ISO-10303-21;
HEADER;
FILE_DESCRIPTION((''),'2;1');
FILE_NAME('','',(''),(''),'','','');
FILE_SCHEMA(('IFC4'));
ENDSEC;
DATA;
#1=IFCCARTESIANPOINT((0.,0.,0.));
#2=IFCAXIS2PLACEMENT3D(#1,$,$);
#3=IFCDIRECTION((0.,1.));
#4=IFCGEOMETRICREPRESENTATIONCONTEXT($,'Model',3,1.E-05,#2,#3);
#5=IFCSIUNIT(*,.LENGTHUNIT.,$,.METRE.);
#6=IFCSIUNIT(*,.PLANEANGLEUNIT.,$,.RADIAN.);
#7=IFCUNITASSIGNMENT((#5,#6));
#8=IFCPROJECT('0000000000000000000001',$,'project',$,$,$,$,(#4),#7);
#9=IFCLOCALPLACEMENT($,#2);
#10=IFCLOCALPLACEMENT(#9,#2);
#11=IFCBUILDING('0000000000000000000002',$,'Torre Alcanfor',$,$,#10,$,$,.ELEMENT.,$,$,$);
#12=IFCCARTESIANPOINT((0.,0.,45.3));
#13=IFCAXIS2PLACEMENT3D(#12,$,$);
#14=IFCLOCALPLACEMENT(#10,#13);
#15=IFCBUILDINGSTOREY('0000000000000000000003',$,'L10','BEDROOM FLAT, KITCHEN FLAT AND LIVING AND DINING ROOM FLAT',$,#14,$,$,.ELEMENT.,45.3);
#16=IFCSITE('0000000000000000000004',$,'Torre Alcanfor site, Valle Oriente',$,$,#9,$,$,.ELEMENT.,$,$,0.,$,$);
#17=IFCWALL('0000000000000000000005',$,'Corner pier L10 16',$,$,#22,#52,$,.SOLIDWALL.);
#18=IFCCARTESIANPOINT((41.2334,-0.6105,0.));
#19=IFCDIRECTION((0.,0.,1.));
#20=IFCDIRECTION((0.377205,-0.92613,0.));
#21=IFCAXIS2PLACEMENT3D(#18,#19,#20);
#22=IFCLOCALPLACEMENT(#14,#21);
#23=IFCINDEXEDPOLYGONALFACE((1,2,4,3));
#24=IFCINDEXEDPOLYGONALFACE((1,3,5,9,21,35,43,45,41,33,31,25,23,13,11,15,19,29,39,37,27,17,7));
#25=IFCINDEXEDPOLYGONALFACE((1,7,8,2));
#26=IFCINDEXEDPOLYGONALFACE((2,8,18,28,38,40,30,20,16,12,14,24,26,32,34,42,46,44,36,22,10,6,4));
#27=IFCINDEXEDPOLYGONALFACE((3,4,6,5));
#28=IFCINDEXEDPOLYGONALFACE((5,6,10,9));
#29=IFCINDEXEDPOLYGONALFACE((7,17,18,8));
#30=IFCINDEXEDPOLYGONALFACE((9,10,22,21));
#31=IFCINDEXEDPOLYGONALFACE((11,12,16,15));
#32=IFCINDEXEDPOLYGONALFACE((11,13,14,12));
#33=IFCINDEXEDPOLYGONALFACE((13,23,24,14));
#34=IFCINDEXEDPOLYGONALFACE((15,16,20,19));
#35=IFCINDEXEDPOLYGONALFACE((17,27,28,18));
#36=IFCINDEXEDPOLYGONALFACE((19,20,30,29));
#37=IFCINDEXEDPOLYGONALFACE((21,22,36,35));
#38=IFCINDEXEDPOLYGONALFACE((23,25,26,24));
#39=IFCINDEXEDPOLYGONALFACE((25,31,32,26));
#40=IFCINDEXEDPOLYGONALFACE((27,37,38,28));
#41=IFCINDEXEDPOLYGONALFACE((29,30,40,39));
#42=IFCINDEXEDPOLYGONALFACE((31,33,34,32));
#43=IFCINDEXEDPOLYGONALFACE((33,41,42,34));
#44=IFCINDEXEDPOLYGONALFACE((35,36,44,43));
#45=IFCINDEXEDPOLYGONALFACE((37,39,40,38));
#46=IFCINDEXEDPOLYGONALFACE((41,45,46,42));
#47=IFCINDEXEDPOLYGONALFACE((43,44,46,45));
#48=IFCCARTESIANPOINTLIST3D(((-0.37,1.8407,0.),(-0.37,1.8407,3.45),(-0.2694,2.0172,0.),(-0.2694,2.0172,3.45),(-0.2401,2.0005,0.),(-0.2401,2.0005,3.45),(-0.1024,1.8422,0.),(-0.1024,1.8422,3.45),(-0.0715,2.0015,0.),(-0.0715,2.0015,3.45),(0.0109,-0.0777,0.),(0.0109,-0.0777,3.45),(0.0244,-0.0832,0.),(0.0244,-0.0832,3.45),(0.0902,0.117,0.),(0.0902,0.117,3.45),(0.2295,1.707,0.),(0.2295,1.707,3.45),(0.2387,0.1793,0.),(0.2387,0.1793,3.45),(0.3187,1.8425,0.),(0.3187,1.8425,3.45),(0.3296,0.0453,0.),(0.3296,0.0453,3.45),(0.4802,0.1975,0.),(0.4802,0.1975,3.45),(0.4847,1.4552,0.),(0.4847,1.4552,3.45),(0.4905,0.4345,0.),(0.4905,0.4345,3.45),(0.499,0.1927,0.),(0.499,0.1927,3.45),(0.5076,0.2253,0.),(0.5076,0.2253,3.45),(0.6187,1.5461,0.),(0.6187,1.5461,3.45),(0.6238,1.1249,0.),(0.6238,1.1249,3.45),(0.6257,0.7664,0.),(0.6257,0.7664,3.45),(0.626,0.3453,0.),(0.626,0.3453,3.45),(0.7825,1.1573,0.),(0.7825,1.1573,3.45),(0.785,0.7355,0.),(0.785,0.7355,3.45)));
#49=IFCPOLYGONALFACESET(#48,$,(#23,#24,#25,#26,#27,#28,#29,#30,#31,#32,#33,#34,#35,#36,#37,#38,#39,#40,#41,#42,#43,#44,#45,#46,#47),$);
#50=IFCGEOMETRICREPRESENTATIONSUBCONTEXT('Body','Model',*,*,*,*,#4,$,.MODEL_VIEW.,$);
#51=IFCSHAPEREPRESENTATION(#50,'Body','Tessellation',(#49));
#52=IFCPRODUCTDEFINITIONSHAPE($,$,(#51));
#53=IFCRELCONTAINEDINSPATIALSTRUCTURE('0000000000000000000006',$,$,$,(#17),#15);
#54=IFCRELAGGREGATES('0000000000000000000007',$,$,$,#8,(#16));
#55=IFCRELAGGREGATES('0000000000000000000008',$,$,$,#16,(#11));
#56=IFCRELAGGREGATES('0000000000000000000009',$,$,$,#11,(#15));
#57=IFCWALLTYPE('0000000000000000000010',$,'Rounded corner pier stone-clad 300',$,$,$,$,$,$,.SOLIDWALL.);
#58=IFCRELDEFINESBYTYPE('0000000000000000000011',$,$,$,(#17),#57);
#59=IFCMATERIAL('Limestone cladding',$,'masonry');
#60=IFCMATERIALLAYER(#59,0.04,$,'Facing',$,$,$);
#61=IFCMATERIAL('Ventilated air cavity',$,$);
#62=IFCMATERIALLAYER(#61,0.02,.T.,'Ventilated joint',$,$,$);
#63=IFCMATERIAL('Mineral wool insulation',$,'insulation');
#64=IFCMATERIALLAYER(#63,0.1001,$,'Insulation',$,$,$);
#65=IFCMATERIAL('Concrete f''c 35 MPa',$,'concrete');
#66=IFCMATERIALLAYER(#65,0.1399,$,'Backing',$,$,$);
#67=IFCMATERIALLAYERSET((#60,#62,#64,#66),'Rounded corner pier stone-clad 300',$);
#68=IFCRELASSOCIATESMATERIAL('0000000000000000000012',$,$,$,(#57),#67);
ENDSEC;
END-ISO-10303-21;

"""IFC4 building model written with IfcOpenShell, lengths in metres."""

from ifc_helpers import new_model, si_unit, direction, frame, origin, place, context, subcontext, project, spatial, polyline, outline, extrude, material, layer, layer_set, type_object, element, save


model = new_model("IFC4")

# Units and contexts
model_context = context("Model", 3, precision=1e-05, world=origin(), true_north=direction((0.0, 1.0)))
body_context = subcontext(model_context, "Body", "Model", "MODEL_VIEW")
ifc_project = project(units=[si_unit("LENGTHUNIT", "METRE"), si_unit("PLANEANGLEUNIT", "RADIAN")], contexts=[model_context])

# Site, building, storey
site_placement = place(None, origin())
site = spatial("IfcSite", under=ifc_project, at=site_placement, Name="Torre Alcanfor site, Valle Oriente", CompositionType="ELEMENT", RefElevation=0.0)
building_placement = place(site_placement, origin())
building = spatial("IfcBuilding", under=site, at=building_placement, Name="Torre Alcanfor", CompositionType="ELEMENT")
storey_placement = place(building_placement, frame((0.0, 0.0, 45.3)))
storey = spatial("IfcBuildingStorey", under=building, at=storey_placement, Name="L10", Description="BEDROOM FLAT, KITCHEN FLAT AND LIVING AND DINING ROOM FLAT", CompositionType="ELEMENT", Elevation=45.3)

# Wall
ifc_material_1 = material(Name="Limestone cladding", Category="masonry")
ifc_layer_1 = layer(ifc_material_1, 0.04, Name="Facing")
ifc_material_2 = material(Name="Ventilated air cavity")
ifc_layer_2 = layer(ifc_material_2, 0.02, ventilated=True, Name="Ventilated joint")
ifc_material_3 = material(Name="Mineral wool insulation", Category="insulation")
ifc_layer_3 = layer(ifc_material_3, 0.1001, Name="Insulation")
ifc_material_4 = material(Name="Concrete f'c 35 MPa", Category="concrete")
ifc_layer_4 = layer(ifc_material_4, 0.1399, Name="Backing")
ifc_layer_set_1 = layer_set([ifc_layer_1, ifc_layer_2, ifc_layer_3, ifc_layer_4], Name="Rounded corner pier stone-clad 300")
wall_type_1 = type_object("IfcWallType", Name="Rounded corner pier stone-clad 300", PredefinedType="SOLIDWALL", material=ifc_layer_set_1)
wall_1_placement = place(storey_placement, frame((41.2334, -0.6105, 0.0), z_axis=(0.0, 0.0, 1.0), x_axis=(0.377205, -0.92613, 0.0)))
element("IfcWall", 1, at=wall_1_placement, inside=storey, type_object=wall_type_1, Name="Corner pier L10 16", PredefinedType="SOLIDWALL", context=body_context, shape_type="SweptSolid", body=[
    extrude(outline(polyline([(0.3187, 1.8425), (-0.0715, 2.0015), (-0.2401, 2.0005), (-0.2694, 2.0172), (-0.37, 1.8407), (-0.1024, 1.8422), (0.2295, 1.707), (0.4847, 1.4552), (0.6238, 1.1249), (0.6257, 0.7664), (0.4905, 0.4345), (0.2387, 0.1793), (0.0902, 0.117), (0.0109, -0.0777), (0.0244, -0.0832), (0.3296, 0.0453), (0.4802, 0.1975), (0.499, 0.1927), (0.5076, 0.2253), (0.626, 0.3453), (0.785, 0.7355), (0.7825, 1.1573), (0.6187, 1.5461), (0.3187, 1.8425)])), origin(), (0.0, 0.0, 1.0), 3.45),
])

save(model, "model.ifc")
